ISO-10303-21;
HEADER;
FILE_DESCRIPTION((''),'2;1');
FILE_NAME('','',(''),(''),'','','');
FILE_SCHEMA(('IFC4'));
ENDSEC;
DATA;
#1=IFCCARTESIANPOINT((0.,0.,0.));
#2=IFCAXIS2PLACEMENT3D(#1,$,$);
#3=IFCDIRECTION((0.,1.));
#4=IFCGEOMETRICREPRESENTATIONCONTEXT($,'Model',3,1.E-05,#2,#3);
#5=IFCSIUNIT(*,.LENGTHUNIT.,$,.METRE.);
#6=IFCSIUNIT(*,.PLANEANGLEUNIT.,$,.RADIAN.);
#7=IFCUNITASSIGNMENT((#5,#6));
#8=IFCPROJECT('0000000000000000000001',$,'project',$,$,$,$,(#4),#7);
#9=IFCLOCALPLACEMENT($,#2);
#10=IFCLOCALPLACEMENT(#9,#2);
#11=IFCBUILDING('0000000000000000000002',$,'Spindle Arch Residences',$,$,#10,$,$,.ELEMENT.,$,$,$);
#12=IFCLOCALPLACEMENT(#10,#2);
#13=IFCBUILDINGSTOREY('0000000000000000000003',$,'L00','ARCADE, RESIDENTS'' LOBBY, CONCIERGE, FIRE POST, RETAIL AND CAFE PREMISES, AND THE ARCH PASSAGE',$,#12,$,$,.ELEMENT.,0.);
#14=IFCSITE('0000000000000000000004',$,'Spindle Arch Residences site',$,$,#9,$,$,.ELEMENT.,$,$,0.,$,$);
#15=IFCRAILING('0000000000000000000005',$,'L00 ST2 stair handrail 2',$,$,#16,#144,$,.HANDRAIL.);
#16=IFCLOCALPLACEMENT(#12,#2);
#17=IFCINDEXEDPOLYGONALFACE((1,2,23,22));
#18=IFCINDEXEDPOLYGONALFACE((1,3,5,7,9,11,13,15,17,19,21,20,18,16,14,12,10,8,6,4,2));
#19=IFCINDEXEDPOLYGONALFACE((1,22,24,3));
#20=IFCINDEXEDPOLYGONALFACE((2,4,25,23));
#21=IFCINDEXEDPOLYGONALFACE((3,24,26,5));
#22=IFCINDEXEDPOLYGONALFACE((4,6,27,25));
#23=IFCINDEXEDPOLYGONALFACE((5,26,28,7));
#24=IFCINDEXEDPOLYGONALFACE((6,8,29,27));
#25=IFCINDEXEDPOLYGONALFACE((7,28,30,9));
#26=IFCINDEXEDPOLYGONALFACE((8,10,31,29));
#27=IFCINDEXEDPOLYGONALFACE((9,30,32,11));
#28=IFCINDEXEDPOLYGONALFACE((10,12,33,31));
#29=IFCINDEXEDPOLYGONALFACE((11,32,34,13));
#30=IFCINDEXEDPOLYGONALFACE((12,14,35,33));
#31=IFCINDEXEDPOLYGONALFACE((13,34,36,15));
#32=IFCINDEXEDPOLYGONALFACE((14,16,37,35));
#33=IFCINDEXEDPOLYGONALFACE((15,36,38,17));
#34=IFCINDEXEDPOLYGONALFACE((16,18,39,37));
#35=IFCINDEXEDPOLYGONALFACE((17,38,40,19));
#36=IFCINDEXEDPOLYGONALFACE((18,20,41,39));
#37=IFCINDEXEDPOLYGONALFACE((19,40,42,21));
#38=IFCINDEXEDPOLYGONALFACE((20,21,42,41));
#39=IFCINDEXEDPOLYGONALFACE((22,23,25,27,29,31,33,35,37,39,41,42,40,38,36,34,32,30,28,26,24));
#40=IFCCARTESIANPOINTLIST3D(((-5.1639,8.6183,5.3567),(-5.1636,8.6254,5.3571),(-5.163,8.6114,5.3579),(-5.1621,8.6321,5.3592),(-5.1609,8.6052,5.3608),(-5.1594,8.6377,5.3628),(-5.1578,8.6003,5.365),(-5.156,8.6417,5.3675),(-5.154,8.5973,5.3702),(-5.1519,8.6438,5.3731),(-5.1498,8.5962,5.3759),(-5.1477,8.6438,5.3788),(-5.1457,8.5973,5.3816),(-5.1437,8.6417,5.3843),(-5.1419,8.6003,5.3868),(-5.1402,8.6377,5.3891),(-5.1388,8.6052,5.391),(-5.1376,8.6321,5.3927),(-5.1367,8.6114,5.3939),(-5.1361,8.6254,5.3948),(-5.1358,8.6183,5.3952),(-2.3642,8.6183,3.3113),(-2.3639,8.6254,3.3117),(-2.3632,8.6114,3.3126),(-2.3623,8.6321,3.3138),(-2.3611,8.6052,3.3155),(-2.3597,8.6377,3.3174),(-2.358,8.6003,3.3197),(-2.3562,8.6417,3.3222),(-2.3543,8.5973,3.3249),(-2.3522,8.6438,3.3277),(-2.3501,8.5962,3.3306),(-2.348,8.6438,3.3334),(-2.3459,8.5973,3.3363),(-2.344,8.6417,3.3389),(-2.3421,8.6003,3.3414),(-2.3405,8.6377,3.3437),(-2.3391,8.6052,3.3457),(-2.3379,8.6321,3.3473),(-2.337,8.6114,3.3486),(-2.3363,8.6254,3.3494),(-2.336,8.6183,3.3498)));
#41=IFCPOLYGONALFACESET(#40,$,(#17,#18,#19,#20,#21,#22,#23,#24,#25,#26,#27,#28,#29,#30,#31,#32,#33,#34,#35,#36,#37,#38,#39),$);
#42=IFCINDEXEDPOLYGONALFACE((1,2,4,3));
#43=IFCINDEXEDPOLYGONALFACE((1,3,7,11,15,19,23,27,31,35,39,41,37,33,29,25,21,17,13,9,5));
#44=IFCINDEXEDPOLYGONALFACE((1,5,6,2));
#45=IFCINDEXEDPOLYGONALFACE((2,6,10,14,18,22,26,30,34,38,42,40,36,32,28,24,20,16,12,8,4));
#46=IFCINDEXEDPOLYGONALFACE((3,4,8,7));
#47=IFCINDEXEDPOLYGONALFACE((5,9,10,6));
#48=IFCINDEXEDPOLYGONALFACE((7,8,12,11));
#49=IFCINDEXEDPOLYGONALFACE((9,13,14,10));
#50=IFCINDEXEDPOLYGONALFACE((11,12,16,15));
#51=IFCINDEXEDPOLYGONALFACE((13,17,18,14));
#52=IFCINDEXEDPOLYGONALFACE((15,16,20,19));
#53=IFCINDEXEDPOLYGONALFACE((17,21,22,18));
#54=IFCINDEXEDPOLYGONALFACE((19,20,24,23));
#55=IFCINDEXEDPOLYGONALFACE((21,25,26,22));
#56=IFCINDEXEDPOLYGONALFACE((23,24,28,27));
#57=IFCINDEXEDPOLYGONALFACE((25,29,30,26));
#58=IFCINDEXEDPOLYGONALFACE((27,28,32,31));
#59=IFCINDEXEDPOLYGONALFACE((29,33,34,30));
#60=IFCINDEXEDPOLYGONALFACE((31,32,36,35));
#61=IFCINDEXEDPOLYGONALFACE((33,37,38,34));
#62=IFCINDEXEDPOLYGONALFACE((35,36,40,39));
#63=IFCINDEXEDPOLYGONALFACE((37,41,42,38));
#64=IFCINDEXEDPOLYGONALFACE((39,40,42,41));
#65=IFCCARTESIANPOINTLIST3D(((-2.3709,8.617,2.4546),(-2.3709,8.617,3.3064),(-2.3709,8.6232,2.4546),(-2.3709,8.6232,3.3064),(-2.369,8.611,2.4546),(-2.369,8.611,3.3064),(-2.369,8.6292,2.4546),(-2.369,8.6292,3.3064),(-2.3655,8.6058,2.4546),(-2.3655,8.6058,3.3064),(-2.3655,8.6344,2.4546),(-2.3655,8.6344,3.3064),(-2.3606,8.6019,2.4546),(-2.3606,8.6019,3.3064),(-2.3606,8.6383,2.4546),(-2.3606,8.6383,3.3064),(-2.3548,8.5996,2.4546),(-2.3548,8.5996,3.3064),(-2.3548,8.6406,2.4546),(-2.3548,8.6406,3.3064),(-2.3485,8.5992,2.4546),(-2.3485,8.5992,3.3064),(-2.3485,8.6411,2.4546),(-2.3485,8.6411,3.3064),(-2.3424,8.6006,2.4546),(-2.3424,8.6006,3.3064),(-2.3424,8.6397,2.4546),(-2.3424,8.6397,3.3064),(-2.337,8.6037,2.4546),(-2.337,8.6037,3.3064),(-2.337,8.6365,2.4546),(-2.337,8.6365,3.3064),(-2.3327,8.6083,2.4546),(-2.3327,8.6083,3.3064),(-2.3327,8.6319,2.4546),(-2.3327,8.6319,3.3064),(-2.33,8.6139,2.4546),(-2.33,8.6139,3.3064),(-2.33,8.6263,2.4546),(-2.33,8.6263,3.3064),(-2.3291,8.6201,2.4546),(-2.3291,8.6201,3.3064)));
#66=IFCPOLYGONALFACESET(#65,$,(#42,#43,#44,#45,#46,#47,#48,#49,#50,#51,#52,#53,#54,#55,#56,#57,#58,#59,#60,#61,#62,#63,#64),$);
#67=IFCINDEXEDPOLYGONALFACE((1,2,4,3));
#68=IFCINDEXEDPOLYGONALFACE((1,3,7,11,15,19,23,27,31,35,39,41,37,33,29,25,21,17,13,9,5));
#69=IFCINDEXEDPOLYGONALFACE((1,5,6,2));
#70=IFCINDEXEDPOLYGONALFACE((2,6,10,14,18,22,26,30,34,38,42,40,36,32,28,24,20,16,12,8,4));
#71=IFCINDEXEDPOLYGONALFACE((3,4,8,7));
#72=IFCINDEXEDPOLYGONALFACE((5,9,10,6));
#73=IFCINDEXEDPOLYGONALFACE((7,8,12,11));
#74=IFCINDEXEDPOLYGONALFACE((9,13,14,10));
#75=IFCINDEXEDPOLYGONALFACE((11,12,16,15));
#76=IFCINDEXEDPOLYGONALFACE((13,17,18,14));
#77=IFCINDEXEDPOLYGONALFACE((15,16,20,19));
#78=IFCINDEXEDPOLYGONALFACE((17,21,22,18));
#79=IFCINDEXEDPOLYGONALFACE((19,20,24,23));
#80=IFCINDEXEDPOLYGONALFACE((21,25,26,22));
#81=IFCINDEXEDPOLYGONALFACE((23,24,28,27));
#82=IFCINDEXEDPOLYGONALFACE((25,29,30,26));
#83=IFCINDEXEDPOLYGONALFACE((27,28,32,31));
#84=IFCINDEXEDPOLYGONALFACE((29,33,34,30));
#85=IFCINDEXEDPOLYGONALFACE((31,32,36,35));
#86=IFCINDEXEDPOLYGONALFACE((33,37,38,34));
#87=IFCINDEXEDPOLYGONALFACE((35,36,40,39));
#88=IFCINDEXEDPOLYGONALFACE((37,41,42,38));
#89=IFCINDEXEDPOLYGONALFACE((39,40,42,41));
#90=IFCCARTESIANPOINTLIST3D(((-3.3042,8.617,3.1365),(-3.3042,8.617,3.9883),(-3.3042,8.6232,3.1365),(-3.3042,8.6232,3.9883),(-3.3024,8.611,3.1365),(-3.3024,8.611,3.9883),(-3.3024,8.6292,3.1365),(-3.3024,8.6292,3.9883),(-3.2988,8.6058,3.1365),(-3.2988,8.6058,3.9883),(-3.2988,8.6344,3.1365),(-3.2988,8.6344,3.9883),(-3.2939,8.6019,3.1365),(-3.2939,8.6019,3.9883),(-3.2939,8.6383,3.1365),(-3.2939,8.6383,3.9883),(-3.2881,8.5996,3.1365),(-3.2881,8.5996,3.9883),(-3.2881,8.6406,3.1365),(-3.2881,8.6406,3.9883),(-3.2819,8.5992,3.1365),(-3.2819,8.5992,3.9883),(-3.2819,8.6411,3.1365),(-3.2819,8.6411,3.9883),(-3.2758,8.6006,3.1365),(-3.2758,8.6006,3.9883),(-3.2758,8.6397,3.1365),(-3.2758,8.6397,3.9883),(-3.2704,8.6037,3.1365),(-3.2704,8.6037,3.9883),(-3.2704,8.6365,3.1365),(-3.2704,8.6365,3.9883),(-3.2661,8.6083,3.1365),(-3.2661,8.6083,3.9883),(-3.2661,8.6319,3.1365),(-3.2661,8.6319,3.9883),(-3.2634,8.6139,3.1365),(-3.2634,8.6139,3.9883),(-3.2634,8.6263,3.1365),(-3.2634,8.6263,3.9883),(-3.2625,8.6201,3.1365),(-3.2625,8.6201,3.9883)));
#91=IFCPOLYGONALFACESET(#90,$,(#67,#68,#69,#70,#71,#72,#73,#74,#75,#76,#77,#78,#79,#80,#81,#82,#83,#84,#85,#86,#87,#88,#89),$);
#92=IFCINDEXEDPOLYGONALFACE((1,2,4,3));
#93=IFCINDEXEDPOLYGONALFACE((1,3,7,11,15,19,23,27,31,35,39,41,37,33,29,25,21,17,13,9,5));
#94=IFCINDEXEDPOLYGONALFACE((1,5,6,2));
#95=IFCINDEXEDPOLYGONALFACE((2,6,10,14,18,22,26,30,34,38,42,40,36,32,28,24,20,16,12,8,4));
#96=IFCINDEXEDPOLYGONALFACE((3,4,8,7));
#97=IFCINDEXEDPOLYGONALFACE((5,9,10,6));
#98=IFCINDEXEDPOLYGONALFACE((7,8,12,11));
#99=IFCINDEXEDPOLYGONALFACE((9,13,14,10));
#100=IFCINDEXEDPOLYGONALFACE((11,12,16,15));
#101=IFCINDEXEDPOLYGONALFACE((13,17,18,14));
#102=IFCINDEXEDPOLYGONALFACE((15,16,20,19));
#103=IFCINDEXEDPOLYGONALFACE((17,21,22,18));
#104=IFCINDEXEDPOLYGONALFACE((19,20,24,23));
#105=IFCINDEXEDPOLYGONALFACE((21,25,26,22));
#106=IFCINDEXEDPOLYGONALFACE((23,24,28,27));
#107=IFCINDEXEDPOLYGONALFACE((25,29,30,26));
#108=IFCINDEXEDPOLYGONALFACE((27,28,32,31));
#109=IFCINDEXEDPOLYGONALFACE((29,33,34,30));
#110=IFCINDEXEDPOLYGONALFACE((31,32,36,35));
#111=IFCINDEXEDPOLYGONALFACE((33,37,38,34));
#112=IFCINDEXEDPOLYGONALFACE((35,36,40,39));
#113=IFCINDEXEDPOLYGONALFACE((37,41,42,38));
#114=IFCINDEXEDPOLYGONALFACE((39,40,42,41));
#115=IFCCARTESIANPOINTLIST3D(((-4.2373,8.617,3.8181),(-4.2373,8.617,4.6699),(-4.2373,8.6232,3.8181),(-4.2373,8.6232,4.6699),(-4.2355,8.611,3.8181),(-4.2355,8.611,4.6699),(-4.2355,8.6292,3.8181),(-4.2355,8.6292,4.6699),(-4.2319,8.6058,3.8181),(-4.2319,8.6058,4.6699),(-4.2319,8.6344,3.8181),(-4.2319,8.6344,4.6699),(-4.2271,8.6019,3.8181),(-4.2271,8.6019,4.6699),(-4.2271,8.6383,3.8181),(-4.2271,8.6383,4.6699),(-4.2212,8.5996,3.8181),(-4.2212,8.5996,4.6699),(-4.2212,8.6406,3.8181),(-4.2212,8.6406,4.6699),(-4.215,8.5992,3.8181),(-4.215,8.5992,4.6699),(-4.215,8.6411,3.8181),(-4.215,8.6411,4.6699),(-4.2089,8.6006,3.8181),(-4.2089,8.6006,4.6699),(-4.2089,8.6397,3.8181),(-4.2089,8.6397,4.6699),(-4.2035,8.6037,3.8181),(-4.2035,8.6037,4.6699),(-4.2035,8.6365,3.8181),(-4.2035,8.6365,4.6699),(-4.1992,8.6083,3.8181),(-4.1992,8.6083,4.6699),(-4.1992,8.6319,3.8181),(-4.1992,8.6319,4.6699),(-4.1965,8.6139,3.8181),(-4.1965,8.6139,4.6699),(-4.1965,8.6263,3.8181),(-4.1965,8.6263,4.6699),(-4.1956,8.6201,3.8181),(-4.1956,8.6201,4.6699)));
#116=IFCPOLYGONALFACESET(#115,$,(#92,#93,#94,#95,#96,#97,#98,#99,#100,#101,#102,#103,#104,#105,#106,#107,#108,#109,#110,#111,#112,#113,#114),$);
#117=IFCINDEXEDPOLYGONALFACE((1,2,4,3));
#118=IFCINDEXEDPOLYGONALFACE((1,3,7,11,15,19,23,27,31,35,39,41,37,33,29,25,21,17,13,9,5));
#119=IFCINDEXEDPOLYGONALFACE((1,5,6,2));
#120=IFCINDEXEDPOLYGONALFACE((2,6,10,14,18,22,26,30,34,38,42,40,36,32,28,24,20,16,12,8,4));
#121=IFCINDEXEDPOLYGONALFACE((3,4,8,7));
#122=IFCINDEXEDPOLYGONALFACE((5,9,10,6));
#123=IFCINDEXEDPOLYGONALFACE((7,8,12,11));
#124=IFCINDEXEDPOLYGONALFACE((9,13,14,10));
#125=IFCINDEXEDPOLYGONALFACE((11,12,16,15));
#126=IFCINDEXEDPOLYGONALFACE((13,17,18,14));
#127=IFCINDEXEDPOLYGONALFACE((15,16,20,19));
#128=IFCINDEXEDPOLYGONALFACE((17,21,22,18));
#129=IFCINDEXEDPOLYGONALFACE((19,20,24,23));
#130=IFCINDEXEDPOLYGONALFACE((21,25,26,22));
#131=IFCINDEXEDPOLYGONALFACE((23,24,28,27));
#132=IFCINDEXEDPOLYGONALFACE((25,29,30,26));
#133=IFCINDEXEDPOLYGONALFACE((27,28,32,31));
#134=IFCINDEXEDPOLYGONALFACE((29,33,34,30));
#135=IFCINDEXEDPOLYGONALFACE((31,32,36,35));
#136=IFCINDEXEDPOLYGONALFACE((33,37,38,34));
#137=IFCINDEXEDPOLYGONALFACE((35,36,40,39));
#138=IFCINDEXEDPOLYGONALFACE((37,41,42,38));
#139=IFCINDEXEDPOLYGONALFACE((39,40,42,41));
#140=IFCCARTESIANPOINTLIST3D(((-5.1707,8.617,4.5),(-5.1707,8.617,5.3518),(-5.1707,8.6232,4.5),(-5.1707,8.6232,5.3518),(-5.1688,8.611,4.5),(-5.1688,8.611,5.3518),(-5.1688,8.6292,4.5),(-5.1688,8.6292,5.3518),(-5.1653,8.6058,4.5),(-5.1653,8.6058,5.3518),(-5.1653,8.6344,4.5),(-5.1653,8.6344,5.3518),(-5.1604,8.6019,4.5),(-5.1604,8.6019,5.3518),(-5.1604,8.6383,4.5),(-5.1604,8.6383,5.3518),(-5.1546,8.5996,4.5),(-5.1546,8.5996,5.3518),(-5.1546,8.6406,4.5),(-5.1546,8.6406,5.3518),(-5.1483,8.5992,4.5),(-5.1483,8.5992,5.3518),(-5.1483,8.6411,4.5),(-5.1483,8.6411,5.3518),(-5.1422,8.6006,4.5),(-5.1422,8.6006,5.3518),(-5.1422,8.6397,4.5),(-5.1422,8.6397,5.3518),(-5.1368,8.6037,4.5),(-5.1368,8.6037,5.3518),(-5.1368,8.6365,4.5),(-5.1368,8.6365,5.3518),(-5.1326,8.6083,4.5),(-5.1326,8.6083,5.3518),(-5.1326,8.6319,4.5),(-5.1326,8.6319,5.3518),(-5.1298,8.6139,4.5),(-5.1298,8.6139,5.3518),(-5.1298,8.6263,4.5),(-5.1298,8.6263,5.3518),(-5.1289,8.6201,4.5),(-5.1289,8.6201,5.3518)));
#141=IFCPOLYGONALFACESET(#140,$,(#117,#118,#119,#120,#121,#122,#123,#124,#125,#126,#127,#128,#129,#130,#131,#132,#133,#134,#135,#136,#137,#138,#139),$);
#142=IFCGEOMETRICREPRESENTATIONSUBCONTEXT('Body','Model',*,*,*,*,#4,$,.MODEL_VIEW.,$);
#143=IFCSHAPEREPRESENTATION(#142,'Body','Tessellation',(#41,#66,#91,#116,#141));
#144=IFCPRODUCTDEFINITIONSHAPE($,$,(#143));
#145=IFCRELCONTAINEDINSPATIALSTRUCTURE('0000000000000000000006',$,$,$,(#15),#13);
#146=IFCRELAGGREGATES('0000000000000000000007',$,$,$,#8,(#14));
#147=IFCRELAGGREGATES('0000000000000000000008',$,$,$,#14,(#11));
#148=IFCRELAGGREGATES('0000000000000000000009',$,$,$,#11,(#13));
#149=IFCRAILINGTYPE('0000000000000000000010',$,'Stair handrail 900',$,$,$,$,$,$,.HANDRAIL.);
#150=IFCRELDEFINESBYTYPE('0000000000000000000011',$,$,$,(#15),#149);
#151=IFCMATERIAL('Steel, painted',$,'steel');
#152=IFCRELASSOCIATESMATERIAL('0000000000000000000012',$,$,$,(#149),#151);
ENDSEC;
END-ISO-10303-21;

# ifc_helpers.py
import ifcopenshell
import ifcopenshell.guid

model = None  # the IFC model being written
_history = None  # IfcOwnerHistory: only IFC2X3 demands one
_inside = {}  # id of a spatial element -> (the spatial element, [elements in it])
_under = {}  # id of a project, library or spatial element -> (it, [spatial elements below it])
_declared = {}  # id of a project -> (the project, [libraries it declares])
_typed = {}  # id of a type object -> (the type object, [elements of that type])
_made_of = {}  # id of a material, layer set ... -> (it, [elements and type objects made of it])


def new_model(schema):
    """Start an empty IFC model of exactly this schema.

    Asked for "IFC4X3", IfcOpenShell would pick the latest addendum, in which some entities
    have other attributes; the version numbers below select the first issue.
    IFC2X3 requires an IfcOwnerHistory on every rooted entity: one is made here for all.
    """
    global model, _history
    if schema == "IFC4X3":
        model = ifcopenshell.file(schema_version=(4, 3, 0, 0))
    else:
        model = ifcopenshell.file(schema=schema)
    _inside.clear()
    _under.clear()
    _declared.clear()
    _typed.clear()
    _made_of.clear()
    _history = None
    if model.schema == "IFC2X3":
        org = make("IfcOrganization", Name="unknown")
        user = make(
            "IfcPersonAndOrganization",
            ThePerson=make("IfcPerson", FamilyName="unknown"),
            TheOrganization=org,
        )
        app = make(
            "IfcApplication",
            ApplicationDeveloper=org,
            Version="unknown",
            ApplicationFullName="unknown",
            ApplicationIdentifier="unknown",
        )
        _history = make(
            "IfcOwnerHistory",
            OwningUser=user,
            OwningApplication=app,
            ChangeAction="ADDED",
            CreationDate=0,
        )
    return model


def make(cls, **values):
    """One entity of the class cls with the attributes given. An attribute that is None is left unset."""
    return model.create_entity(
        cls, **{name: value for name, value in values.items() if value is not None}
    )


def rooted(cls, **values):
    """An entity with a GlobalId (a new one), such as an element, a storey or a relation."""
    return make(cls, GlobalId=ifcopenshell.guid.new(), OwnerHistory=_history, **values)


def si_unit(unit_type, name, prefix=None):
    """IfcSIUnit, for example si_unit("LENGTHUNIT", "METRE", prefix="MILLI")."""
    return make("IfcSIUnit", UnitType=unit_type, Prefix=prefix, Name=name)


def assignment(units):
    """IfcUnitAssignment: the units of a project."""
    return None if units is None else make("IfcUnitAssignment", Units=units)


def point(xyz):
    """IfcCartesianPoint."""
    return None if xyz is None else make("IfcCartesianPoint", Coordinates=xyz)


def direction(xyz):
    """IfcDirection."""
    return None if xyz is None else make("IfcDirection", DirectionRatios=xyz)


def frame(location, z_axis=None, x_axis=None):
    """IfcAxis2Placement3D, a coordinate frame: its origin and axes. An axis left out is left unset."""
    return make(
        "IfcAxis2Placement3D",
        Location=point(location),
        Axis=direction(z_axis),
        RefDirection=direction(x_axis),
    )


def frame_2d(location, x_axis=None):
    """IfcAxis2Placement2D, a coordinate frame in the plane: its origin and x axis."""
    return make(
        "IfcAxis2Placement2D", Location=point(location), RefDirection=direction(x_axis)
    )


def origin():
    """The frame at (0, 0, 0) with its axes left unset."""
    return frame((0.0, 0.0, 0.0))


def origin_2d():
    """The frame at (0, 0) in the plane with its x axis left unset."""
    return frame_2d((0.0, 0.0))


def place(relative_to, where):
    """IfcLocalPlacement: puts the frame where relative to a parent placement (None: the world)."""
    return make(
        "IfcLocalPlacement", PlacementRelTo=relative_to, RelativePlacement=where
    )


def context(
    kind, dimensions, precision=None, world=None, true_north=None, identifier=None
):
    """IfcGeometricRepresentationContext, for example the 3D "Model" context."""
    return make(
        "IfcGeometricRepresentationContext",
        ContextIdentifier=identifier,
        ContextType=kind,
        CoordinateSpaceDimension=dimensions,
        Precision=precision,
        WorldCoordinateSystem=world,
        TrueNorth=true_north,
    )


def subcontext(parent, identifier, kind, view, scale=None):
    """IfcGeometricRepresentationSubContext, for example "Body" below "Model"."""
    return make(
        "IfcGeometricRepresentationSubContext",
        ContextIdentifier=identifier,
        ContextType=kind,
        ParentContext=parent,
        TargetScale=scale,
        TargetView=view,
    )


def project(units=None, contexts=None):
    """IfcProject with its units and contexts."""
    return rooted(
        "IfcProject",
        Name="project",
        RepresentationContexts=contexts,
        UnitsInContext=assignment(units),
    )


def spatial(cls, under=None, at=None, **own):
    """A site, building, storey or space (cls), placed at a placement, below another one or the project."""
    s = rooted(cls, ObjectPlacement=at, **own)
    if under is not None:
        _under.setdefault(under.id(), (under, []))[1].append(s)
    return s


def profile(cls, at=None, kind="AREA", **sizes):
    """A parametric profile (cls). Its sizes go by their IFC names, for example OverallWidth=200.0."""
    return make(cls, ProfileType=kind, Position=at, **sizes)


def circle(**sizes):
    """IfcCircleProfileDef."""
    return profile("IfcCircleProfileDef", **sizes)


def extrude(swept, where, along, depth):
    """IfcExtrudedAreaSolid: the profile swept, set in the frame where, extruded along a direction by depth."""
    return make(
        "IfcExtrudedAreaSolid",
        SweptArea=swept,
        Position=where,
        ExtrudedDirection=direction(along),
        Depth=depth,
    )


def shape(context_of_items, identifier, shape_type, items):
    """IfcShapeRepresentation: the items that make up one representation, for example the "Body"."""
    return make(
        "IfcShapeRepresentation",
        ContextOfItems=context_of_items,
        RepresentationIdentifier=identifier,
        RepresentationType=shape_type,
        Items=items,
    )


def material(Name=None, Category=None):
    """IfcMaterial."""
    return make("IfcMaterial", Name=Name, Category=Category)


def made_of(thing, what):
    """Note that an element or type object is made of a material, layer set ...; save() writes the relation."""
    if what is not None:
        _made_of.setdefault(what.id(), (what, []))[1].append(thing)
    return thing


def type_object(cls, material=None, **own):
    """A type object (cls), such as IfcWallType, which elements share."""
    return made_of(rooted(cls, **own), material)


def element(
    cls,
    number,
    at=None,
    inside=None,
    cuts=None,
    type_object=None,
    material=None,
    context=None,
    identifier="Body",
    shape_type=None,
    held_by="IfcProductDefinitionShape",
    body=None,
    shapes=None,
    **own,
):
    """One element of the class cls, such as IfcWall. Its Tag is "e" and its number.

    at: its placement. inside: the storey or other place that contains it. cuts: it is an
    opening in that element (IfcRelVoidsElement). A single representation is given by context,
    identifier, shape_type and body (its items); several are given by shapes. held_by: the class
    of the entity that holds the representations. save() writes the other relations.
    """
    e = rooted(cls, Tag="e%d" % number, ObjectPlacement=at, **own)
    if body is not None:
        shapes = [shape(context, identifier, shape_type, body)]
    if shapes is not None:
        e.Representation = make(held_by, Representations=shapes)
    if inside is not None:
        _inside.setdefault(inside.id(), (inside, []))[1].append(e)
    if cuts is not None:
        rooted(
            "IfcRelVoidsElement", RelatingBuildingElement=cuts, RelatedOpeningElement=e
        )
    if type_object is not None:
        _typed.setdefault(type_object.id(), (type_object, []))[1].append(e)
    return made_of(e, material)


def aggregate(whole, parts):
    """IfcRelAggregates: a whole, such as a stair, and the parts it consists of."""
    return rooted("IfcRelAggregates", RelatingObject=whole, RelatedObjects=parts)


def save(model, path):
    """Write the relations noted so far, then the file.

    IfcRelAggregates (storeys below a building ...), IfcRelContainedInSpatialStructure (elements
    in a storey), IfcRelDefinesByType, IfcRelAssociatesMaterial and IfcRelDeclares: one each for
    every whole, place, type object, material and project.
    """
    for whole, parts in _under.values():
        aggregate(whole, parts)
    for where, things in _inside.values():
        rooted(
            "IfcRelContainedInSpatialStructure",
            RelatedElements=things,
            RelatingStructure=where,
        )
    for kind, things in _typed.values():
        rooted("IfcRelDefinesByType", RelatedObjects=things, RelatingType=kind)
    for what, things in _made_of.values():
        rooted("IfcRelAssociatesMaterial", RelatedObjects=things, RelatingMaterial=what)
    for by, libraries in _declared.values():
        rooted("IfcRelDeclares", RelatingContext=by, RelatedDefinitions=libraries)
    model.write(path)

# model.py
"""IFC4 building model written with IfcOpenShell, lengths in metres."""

from ifc_helpers import new_model, si_unit, direction, frame, origin, origin_2d, place, context, subcontext, project, spatial, circle, extrude, material, type_object, element, save


model = new_model("IFC4")

# Units and contexts
model_context = context("Model", 3, precision=1e-05, world=origin(), true_north=direction((0.0, 1.0)))
body_context = subcontext(model_context, "Body", "Model", "MODEL_VIEW")
ifc_project = project(units=[si_unit("LENGTHUNIT", "METRE"), si_unit("PLANEANGLEUNIT", "RADIAN")], contexts=[model_context])

# Site, building, storey
site_placement = place(None, origin())
site = spatial("IfcSite", under=ifc_project, at=site_placement, Name="Spindle Arch Residences site", CompositionType="ELEMENT", RefElevation=0.0)
building_placement = place(site_placement, origin())
building = spatial("IfcBuilding", under=site, at=building_placement, Name="Spindle Arch Residences", CompositionType="ELEMENT")
storey_placement = place(building_placement, origin())
storey = spatial("IfcBuildingStorey", under=building, at=storey_placement, Name="L00", Description="ARCADE, RESIDENTS' LOBBY, CONCIERGE, FIRE POST, RETAIL AND CAFE PREMISES, AND THE ARCH PASSAGE", CompositionType="ELEMENT", Elevation=0.0)

# Railing
ifc_material_1 = material(Name="Steel, painted", Category="steel")
railing_type_1 = type_object("IfcRailingType", Name="Stair handrail 900", PredefinedType="HANDRAIL", material=ifc_material_1)
railing_1_placement = place(storey_placement, frame((-2.3501, 8.6201, 2.4546)))
element("IfcRailing", 1, at=railing_1_placement, inside=storey, type_object=railing_type_1, Name="L00 ST2 stair handrail 2", PredefinedType="HANDRAIL", context=body_context, shape_type="SweptSolid", body=[
    extrude(circle(Radius=0.0239, at=origin_2d()), frame((0.0, 0.0, 0.876), z_axis=(-0.807474, 0.0, 0.589904), x_axis=(0.0, -1.0, 0.0)), (0.0, 0.0, 1.0), 3.4673),
    extrude(circle(Radius=0.021, at=origin_2d()), origin(), (0.0, 0.0, 1.0), 0.8518),
    extrude(circle(Radius=0.021, at=origin_2d()), frame((-0.9333, 0.0, 0.6819)), (0.0, 0.0, 1.0), 0.8518),
    extrude(circle(Radius=0.021, at=origin_2d()), frame((-1.8665, 0.0, 1.3635)), (0.0, 0.0, 1.0), 0.8518),
    extrude(circle(Radius=0.021, at=origin_2d()), frame((-2.7998, 0.0, 2.0454)), (0.0, 0.0, 1.0), 0.8518),
])

save(model, "model.ifc")
